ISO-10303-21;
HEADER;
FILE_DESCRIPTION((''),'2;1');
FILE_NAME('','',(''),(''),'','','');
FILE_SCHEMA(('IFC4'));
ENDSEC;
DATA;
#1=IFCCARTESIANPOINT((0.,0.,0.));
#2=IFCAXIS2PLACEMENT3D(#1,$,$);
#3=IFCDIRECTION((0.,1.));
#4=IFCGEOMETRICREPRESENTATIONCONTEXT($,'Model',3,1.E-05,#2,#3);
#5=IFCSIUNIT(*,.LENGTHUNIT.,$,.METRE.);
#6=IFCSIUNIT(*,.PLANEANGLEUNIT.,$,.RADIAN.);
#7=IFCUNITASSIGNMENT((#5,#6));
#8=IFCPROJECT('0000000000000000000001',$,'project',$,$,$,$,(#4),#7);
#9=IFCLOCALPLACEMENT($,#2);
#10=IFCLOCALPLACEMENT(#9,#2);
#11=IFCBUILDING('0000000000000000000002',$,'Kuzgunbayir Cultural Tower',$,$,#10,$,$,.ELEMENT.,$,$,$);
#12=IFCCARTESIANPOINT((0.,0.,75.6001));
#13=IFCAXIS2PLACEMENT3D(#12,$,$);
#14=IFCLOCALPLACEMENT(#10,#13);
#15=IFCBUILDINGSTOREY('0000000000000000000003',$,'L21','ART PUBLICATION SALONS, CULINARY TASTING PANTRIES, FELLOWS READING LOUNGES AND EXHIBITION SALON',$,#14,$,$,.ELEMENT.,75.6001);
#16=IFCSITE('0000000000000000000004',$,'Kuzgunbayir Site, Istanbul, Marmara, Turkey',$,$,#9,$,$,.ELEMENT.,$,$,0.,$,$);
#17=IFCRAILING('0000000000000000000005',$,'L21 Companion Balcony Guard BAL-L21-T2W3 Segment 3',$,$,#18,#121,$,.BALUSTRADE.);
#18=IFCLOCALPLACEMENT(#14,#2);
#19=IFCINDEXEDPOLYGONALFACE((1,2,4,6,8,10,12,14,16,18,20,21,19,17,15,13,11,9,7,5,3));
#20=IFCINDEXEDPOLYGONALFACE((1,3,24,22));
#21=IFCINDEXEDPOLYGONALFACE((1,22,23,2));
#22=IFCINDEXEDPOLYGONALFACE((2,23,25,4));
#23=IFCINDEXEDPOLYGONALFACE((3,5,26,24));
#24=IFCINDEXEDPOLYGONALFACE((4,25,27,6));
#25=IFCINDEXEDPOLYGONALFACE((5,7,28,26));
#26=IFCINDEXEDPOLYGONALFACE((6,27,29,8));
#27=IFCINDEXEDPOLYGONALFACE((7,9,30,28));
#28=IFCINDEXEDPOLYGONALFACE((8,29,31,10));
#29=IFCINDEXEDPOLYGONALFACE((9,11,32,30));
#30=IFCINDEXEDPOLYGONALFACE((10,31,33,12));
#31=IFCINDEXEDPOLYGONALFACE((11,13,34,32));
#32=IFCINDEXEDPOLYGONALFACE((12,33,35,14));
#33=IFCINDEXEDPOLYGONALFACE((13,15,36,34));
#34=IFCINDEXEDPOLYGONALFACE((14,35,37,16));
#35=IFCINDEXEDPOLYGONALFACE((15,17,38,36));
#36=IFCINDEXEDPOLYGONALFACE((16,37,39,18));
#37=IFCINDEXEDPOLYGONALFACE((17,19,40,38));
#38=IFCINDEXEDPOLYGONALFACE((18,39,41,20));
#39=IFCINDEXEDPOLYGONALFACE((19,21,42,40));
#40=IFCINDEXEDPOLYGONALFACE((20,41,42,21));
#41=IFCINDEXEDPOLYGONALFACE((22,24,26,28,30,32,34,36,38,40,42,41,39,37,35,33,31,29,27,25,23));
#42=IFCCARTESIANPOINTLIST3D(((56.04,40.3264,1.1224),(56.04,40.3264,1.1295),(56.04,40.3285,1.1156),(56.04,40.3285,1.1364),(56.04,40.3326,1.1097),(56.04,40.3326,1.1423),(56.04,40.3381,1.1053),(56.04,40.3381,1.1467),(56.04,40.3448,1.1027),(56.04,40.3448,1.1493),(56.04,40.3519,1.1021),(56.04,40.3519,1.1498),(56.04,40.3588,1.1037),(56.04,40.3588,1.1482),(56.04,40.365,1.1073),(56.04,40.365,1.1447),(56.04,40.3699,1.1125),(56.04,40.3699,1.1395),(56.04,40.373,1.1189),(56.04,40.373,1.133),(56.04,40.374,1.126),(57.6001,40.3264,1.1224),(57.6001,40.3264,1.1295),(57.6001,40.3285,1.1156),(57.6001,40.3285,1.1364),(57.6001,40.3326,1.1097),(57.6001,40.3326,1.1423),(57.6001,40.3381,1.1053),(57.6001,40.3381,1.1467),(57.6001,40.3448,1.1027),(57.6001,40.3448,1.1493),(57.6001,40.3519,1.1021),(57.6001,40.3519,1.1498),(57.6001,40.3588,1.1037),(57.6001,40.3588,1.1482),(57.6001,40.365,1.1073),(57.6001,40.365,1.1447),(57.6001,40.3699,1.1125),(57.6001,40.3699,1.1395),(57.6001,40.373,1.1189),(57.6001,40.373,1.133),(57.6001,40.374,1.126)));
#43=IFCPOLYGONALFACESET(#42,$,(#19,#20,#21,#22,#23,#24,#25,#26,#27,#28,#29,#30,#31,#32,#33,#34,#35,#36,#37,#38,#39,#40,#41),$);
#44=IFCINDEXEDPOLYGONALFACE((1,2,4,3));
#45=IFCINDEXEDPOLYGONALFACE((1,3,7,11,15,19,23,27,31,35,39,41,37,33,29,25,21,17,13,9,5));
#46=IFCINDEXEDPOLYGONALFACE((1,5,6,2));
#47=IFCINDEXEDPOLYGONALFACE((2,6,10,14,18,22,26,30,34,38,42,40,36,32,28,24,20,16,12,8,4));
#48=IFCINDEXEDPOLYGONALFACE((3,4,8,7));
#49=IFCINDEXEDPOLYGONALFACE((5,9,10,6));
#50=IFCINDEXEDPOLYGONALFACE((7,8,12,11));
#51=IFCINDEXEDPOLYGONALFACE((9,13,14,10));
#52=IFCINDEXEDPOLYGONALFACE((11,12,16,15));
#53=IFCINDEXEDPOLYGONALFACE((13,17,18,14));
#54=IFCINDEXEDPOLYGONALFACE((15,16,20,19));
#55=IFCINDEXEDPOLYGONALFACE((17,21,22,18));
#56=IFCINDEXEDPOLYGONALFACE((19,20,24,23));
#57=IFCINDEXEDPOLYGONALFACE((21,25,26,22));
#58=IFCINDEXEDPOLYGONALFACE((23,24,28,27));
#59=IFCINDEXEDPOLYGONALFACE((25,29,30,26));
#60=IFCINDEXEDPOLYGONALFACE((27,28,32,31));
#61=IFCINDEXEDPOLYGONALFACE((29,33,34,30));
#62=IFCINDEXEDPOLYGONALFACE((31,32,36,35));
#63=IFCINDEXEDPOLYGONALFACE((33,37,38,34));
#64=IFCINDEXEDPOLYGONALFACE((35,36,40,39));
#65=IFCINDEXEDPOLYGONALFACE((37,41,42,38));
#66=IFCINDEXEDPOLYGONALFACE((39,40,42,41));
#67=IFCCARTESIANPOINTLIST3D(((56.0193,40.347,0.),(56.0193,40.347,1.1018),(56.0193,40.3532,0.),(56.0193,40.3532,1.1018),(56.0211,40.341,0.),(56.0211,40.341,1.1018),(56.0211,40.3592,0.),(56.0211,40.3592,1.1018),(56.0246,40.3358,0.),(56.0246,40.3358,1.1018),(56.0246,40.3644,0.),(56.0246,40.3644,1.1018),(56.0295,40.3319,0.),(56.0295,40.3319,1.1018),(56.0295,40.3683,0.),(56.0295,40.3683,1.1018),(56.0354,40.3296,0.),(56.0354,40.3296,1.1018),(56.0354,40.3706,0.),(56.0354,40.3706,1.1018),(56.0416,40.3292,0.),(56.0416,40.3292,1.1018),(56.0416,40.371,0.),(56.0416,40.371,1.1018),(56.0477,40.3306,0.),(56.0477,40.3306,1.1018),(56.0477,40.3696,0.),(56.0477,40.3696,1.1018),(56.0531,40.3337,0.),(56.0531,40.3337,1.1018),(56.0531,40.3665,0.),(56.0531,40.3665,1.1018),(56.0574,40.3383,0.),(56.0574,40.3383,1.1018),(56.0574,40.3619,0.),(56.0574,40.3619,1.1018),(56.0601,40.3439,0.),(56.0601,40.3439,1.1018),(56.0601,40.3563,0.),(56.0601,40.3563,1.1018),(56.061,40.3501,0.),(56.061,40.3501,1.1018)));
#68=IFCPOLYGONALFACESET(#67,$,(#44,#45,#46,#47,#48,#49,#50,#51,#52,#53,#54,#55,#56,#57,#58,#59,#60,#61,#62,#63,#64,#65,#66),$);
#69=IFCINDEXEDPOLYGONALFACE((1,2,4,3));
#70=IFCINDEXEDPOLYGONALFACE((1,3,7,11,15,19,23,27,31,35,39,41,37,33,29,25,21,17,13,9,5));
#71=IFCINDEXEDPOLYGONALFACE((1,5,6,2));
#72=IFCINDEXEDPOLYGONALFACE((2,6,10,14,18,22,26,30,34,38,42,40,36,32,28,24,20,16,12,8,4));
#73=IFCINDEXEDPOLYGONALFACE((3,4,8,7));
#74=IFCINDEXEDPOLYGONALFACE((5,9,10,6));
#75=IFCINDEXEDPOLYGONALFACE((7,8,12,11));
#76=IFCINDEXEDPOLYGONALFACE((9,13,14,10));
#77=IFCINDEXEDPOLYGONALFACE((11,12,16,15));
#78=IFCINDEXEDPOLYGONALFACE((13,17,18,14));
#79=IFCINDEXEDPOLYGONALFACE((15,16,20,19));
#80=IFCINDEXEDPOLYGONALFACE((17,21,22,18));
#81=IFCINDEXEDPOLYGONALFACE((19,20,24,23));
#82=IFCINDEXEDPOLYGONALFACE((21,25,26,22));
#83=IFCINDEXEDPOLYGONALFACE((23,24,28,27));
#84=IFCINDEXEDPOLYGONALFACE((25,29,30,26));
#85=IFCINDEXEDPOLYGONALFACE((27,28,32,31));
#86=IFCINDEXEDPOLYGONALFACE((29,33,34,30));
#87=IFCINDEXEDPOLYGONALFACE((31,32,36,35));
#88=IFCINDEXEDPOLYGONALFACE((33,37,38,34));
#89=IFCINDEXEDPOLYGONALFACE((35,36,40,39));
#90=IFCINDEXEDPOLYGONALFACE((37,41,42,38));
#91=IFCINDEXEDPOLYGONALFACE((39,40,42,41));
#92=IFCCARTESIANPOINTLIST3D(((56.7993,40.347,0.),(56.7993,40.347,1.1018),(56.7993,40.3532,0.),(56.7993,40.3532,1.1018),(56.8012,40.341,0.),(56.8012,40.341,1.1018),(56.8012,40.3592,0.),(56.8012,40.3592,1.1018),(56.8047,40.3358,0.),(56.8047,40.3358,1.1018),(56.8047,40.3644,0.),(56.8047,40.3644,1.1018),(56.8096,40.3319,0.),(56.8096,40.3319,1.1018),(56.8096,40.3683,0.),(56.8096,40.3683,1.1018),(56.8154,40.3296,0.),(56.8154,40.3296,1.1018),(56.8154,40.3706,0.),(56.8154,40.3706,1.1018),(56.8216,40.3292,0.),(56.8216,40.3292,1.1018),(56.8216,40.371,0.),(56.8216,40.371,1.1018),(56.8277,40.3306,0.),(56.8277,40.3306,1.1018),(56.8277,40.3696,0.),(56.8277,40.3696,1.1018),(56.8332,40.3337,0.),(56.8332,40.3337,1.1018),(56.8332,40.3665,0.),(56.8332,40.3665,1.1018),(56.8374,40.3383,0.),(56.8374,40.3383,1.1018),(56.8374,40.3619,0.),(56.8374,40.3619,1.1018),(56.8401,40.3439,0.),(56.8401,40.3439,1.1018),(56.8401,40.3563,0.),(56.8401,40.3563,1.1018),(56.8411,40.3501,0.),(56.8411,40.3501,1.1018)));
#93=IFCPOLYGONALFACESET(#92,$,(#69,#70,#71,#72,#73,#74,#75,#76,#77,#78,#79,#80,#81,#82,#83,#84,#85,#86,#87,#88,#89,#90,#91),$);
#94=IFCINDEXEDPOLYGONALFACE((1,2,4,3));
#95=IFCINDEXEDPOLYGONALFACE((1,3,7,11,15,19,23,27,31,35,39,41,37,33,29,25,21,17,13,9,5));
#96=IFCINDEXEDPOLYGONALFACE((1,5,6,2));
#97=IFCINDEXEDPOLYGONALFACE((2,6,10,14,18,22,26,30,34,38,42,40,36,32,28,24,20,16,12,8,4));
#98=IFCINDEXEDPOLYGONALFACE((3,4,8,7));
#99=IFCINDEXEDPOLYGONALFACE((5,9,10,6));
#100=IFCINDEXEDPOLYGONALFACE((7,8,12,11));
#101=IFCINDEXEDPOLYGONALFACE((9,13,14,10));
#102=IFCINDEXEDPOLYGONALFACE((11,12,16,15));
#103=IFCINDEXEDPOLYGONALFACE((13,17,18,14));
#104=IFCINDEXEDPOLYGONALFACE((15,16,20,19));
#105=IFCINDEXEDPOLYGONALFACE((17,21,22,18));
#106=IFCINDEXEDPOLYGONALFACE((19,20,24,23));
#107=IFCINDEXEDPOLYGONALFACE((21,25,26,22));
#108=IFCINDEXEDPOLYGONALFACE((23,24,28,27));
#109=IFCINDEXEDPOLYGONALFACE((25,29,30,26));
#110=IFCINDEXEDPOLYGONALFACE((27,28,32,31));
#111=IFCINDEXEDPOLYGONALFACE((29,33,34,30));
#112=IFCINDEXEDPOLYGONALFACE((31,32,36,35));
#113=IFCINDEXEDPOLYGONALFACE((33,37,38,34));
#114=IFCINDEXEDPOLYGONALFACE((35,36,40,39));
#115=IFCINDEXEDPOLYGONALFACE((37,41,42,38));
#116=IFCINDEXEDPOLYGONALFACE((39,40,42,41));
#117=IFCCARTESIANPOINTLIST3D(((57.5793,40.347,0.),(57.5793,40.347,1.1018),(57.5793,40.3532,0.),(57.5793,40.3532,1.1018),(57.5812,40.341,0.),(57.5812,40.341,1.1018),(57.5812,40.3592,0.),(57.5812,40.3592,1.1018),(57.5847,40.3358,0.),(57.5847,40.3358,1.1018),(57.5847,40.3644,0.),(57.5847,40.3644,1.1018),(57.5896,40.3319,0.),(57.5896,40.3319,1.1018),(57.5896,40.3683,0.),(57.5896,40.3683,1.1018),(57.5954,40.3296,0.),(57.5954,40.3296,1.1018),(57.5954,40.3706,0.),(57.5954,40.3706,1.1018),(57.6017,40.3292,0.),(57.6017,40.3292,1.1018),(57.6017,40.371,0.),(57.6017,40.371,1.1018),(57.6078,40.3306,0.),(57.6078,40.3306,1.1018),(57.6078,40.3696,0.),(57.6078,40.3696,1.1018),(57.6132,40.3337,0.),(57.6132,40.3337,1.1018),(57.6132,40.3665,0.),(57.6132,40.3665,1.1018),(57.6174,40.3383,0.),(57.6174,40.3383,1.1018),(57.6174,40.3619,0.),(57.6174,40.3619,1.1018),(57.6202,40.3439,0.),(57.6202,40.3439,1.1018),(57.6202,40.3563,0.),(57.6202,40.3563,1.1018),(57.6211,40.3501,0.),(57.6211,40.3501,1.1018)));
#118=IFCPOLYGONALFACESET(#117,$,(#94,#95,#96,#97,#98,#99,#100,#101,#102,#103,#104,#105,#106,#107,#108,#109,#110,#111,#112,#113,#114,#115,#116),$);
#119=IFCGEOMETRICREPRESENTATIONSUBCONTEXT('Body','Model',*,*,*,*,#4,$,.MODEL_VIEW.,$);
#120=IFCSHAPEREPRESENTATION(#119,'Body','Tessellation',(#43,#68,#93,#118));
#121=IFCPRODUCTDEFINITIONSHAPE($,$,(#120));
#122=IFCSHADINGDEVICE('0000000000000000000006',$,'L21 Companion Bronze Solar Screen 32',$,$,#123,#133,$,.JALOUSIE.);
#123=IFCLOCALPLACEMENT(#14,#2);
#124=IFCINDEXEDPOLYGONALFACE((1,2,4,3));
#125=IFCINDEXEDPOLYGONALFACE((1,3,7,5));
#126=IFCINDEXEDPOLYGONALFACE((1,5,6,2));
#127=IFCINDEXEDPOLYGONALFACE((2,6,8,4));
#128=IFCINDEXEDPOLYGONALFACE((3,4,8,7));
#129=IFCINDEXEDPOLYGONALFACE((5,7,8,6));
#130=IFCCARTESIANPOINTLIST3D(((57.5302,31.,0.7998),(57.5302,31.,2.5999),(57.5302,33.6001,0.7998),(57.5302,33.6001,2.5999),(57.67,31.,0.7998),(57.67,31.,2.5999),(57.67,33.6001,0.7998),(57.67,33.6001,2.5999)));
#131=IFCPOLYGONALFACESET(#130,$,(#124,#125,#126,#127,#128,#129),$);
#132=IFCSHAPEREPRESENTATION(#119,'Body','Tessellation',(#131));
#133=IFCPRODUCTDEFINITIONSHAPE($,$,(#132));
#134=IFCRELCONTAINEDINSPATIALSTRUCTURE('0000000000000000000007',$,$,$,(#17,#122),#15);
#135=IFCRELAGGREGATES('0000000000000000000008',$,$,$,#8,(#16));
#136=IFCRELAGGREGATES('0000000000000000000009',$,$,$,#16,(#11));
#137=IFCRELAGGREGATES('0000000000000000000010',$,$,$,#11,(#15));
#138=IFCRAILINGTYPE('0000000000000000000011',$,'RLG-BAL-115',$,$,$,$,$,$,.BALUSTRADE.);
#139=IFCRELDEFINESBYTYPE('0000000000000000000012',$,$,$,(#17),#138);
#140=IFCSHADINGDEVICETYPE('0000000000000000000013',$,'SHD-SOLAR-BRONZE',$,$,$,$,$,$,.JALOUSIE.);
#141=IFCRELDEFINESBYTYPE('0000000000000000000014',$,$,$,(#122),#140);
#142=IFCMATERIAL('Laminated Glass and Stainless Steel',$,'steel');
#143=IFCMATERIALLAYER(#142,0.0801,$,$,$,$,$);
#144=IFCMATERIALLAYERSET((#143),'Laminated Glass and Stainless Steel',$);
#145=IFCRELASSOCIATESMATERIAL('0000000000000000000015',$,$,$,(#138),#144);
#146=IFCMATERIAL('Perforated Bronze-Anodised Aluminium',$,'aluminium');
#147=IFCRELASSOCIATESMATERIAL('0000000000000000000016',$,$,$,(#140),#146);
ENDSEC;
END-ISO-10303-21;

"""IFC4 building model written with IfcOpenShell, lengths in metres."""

from ifc_helpers import new_model, si_unit, direction, frame, origin, origin_2d, place, context, subcontext, project, spatial, rectangle, circle, extrude, material, layer, layer_set, type_object, element, save


model = new_model("IFC4")

# Units and contexts
model_context = context("Model", 3, precision=1e-05, world=origin(), true_north=direction((0.0, 1.0)))
body_context = subcontext(model_context, "Body", "Model", "MODEL_VIEW")
ifc_project = project(units=[si_unit("LENGTHUNIT", "METRE"), si_unit("PLANEANGLEUNIT", "RADIAN")], contexts=[model_context])

# Site, building, storey
site_placement = place(None, origin())
site = spatial("IfcSite", under=ifc_project, at=site_placement, Name="Kuzgunbayir Site, Istanbul, Marmara, Turkey", CompositionType="ELEMENT", RefElevation=0.0)
building_placement = place(site_placement, origin())
building = spatial("IfcBuilding", under=site, at=building_placement, Name="Kuzgunbayir Cultural Tower", CompositionType="ELEMENT")
storey_placement = place(building_placement, frame((0.0, 0.0, 75.6001)))
storey = spatial("IfcBuildingStorey", under=building, at=storey_placement, Name="L21", Description="ART PUBLICATION SALONS, CULINARY TASTING PANTRIES, FELLOWS READING LOUNGES AND EXHIBITION SALON", CompositionType="ELEMENT", Elevation=75.6001)

# Railing
ifc_material_1 = material(Name="Laminated Glass and Stainless Steel", Category="steel")
ifc_layer_1 = layer(ifc_material_1, 0.0801)
ifc_layer_set_1 = layer_set([ifc_layer_1], Name="Laminated Glass and Stainless Steel")
railing_type = type_object("IfcRailingType", Name="RLG-BAL-115", PredefinedType="BALUSTRADE", material=ifc_layer_set_1)
railing_1_placement = place(storey_placement, frame((56.04, 40.3501, 0.0)))
element("IfcRailing", 1, at=railing_1_placement, inside=storey, type_object=railing_type, Name="L21 Companion Balcony Guard BAL-L21-T2W3 Segment 3", PredefinedType="BALUSTRADE", context=body_context, shape_type="SweptSolid", body=[
    extrude(circle(Radius=0.0239, at=origin_2d()), frame((0.0, 0.0, 1.126), z_axis=(1.0, 0.0, 0.0), x_axis=(0.0, 1.0, 0.0)), (0.0, 0.0, 1.0), 1.5601),
    extrude(circle(Radius=0.021, at=origin_2d()), origin(), (0.0, 0.0, 1.0), 1.1018),
    extrude(circle(Radius=0.021, at=origin_2d()), frame((0.78, 0.0, 0.0)), (0.0, 0.0, 1.0), 1.1018),
    extrude(circle(Radius=0.021, at=origin_2d()), frame((1.5601, 0.0, 0.0)), (0.0, 0.0, 1.0), 1.1018),
])

# Shading device
ifc_material_2 = material(Name="Perforated Bronze-Anodised Aluminium", Category="aluminium")
shading_device_type = type_object("IfcShadingDeviceType", Name="SHD-SOLAR-BRONZE", PredefinedType="JALOUSIE", material=ifc_material_2)
shading_device_placement = place(storey_placement, frame((57.6001, 32.3, 0.7998), z_axis=(0.0, 0.0, 1.0), x_axis=(1.0, 0.0, 0.0)))
element("IfcShadingDevice", 2, at=shading_device_placement, inside=storey, type_object=shading_device_type, Name="L21 Companion Bronze Solar Screen 32", PredefinedType="JALOUSIE", context=body_context, shape_type="SweptSolid", body=[
    extrude(rectangle(XDim=0.1399, YDim=2.6001, at=origin_2d()), origin(), (0.0, 0.0, 1.0), 1.8),
])

save(model, "model.ifc")
